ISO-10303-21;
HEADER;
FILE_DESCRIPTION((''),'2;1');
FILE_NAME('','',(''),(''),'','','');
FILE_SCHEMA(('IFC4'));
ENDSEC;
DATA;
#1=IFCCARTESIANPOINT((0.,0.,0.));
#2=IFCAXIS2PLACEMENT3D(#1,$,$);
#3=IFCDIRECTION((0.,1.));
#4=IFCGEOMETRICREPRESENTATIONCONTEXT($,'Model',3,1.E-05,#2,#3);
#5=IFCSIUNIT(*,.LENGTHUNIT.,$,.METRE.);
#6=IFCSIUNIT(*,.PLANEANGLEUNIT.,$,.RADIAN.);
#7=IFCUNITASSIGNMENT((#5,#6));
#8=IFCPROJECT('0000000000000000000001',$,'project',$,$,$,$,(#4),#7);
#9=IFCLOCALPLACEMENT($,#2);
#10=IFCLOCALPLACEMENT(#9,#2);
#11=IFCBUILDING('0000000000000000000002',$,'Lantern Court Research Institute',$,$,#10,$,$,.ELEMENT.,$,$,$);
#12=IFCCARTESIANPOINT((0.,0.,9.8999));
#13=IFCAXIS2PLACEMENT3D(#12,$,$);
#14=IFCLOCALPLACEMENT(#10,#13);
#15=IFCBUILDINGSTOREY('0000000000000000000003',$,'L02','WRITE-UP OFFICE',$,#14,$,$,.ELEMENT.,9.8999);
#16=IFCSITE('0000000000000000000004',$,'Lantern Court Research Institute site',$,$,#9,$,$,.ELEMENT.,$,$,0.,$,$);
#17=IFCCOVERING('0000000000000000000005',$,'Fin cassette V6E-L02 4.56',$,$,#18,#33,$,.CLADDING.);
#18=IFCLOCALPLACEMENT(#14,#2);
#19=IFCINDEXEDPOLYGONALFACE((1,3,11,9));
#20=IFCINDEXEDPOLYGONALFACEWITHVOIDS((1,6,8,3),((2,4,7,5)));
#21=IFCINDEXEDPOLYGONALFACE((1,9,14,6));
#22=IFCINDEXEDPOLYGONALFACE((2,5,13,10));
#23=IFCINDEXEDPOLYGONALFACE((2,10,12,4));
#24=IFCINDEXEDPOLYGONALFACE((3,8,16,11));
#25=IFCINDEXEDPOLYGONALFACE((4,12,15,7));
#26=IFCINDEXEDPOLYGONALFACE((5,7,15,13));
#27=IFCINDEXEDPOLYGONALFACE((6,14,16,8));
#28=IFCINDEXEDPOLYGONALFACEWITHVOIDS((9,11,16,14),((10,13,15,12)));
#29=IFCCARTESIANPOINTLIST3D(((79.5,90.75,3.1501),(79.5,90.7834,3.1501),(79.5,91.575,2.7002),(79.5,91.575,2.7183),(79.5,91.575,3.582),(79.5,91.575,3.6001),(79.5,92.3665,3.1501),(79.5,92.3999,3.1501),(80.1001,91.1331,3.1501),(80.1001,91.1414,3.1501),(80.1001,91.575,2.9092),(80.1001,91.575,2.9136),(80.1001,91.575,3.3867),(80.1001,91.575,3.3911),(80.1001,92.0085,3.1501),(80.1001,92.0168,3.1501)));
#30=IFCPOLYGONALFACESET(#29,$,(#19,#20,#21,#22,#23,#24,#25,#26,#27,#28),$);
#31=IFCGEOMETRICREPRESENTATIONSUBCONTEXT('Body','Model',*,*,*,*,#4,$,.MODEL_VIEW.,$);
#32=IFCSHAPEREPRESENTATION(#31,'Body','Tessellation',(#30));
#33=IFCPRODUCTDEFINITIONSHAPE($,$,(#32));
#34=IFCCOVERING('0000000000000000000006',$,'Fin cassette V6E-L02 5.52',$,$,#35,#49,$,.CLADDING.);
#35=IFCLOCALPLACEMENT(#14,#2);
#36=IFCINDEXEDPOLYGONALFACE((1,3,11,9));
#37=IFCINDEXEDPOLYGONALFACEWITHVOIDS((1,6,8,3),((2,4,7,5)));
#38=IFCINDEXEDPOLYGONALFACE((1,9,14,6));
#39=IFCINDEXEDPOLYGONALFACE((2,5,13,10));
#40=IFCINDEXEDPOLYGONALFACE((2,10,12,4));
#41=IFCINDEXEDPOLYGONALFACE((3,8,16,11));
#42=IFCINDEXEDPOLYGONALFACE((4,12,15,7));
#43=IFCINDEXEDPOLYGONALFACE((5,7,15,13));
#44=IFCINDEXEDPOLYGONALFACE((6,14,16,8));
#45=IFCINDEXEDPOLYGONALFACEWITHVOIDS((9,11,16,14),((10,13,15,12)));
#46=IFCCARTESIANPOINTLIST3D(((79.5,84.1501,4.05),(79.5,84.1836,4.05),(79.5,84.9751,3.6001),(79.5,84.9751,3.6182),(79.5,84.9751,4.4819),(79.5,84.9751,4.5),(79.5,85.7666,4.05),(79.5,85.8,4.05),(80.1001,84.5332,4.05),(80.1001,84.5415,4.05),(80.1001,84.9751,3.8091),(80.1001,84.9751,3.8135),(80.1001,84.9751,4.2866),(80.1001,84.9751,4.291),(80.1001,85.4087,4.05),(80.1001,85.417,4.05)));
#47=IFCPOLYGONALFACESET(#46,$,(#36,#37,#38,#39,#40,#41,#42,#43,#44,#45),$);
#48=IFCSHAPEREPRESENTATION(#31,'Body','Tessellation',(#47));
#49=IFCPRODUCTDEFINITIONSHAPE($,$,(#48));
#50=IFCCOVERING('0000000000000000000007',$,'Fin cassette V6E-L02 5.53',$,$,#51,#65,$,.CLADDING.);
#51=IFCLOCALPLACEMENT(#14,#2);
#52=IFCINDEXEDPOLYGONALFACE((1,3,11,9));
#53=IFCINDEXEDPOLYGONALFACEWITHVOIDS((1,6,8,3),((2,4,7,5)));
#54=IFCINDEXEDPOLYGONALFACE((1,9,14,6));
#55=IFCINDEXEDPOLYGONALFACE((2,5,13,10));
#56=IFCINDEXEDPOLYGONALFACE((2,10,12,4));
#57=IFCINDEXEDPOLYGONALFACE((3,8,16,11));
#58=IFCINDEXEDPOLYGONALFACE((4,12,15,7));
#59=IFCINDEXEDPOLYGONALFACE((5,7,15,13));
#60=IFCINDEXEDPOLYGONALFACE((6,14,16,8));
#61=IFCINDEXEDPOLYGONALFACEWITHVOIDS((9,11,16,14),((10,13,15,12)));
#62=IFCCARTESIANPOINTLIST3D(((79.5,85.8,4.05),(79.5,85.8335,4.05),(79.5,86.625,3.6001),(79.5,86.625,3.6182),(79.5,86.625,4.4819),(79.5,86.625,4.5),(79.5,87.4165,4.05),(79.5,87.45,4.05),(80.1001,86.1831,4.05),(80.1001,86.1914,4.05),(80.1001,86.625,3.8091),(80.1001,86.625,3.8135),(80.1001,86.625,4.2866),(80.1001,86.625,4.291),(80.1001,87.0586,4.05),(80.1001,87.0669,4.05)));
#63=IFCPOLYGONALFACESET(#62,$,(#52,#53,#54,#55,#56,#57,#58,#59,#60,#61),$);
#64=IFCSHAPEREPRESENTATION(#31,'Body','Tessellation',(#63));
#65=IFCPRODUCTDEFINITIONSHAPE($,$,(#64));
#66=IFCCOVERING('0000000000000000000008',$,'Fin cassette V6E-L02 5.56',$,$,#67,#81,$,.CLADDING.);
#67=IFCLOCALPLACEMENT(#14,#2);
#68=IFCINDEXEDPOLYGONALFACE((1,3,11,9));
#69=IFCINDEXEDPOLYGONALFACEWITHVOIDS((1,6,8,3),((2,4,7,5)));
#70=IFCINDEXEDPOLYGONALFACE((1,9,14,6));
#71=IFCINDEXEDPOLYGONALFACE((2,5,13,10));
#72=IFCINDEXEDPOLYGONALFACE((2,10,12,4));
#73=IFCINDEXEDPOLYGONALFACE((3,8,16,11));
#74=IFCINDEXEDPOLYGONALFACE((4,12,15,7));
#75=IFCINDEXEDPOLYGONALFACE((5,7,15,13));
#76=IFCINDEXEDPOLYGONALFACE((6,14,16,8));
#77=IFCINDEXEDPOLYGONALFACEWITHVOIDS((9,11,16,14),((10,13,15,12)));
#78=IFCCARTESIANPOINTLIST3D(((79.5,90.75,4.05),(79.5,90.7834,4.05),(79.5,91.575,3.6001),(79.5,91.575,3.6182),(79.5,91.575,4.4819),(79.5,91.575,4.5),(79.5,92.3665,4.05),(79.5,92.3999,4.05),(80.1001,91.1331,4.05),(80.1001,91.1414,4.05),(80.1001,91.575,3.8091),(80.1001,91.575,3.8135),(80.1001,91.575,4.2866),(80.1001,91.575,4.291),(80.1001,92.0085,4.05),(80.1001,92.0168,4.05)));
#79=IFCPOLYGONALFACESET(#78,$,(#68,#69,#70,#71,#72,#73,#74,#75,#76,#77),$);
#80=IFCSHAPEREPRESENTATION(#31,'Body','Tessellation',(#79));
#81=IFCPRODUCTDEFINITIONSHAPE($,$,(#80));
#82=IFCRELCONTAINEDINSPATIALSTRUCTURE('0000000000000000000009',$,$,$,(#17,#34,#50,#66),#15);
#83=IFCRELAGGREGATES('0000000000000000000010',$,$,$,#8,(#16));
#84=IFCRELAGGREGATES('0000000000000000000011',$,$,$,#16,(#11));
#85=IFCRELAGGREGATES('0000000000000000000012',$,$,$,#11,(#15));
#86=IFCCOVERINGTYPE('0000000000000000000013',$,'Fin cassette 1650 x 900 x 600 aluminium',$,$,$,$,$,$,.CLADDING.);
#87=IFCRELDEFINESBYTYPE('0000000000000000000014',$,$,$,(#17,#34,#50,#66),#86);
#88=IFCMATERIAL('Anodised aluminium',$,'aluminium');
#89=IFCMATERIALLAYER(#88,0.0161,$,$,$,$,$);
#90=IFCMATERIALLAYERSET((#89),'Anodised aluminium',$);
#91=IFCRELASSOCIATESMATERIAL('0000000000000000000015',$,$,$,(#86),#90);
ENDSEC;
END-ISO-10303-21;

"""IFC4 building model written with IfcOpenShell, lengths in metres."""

from ifc_helpers import new_model, entity, si_unit, direction, frame, origin, place, context, subcontext, project, spatial, material, layer, layer_set, type_object, element, save


model = new_model("IFC4")

# Units and contexts
model_context = context("Model", 3, precision=1e-05, world=origin(), true_north=direction((0.0, 1.0)))
body_context = subcontext(model_context, "Body", "Model", "MODEL_VIEW")
ifc_project = project(units=[si_unit("LENGTHUNIT", "METRE"), si_unit("PLANEANGLEUNIT", "RADIAN")], contexts=[model_context])

# Site, building, storey
site_placement = place(None, origin())
site = spatial("IfcSite", under=ifc_project, at=site_placement, Name="Lantern Court Research Institute site", CompositionType="ELEMENT", RefElevation=0.0)
building_placement = place(site_placement, origin())
building = spatial("IfcBuilding", under=site, at=building_placement, Name="Lantern Court Research Institute", CompositionType="ELEMENT")
storey_placement = place(building_placement, frame((0.0, 0.0, 9.8999)))
storey = spatial("IfcBuildingStorey", under=building, at=storey_placement, Name="L02", Description="WRITE-UP OFFICE", CompositionType="ELEMENT", Elevation=9.8999)

# Coverings
ifc_material_1 = material(Name="Anodised aluminium", Category="aluminium")
ifc_layer_1 = layer(ifc_material_1, 0.0161)
ifc_layer_set_1 = layer_set([ifc_layer_1], Name="Anodised aluminium")
covering_type_1 = type_object("IfcCoveringType", Name="Fin cassette 1650 x 900 x 600 aluminium", PredefinedType="CLADDING", material=ifc_layer_set_1)
covering_1_placement = place(storey_placement, frame((79.5, 91.575, 3.1501), z_axis=(1.0, 0.0, 0.0), x_axis=(0.0, 1.0, 0.0)))
cartesian_point_1 = entity("IfcCartesianPoint", [0.825, 0.0])
cartesian_point_2 = entity("IfcCartesianPoint", [0.7915, 0.0])
cartesian_point_3 = entity("IfcCartesianPoint", [0.4419, 0.0])
cartesian_point_4 = entity("IfcCartesianPoint", [0.4336, 0.0])
element("IfcCovering", 1, at=covering_1_placement, inside=storey, type_object=covering_type_1, Name="Fin cassette V6E-L02 4.56", PredefinedType="CLADDING", context=body_context, shape_type="SweptSolid", body=[
    entity("IfcExtrudedAreaSolidTapered", entity("IfcArbitraryProfileDefWithVoids", "AREA", None, entity("IfcPolyline", [cartesian_point_1, entity("IfcCartesianPoint", [0.0, 0.45]), entity("IfcCartesianPoint", [-0.825, 0.0]), entity("IfcCartesianPoint", [0.0, -0.45]), cartesian_point_1]), [entity("IfcPolyline", [cartesian_point_2, entity("IfcCartesianPoint", [0.0, 0.4319]), entity("IfcCartesianPoint", [-0.7915, 0.0]), entity("IfcCartesianPoint", [0.0, -0.4319]), cartesian_point_2])]), entity("IfcAxis2Placement3D", entity("IfcCartesianPoint", [0.0, 0.0, 0.0])), entity("IfcDirection", [0.0, 0.0, 1.0]), 0.6001, entity("IfcArbitraryProfileDefWithVoids", "AREA", None, entity("IfcPolyline", [cartesian_point_3, entity("IfcCartesianPoint", [0.0, 0.241]), entity("IfcCartesianPoint", [-0.4419, 0.0]), entity("IfcCartesianPoint", [0.0, -0.241]), cartesian_point_3]), [entity("IfcPolyline", [cartesian_point_4, entity("IfcCartesianPoint", [0.0, 0.2366]), entity("IfcCartesianPoint", [-0.4336, 0.0]), entity("IfcCartesianPoint", [0.0, -0.2366]), cartesian_point_4])])),
])
covering_2_placement = place(storey_placement, frame((79.5, 84.9751, 4.05), z_axis=(1.0, 0.0, 0.0), x_axis=(0.0, 1.0, 0.0)))
cartesian_point_5 = entity("IfcCartesianPoint", [0.825, 0.0])
cartesian_point_6 = entity("IfcCartesianPoint", [0.7915, 0.0])
cartesian_point_7 = entity("IfcCartesianPoint", [0.4419, 0.0])
cartesian_point_8 = entity("IfcCartesianPoint", [0.4336, 0.0])
element("IfcCovering", 2, at=covering_2_placement, inside=storey, type_object=covering_type_1, Name="Fin cassette V6E-L02 5.52", PredefinedType="CLADDING", context=body_context, shape_type="SweptSolid", body=[
    entity("IfcExtrudedAreaSolidTapered", entity("IfcArbitraryProfileDefWithVoids", "AREA", None, entity("IfcPolyline", [cartesian_point_5, entity("IfcCartesianPoint", [0.0, 0.45]), entity("IfcCartesianPoint", [-0.825, 0.0]), entity("IfcCartesianPoint", [0.0, -0.45]), cartesian_point_5]), [entity("IfcPolyline", [cartesian_point_6, entity("IfcCartesianPoint", [0.0, 0.4319]), entity("IfcCartesianPoint", [-0.7915, 0.0]), entity("IfcCartesianPoint", [0.0, -0.4319]), cartesian_point_6])]), entity("IfcAxis2Placement3D", entity("IfcCartesianPoint", [0.0, 0.0, 0.0])), entity("IfcDirection", [0.0, 0.0, 1.0]), 0.6001, entity("IfcArbitraryProfileDefWithVoids", "AREA", None, entity("IfcPolyline", [cartesian_point_7, entity("IfcCartesianPoint", [0.0, 0.241]), entity("IfcCartesianPoint", [-0.4419, 0.0]), entity("IfcCartesianPoint", [0.0, -0.241]), cartesian_point_7]), [entity("IfcPolyline", [cartesian_point_8, entity("IfcCartesianPoint", [0.0, 0.2366]), entity("IfcCartesianPoint", [-0.4336, 0.0]), entity("IfcCartesianPoint", [0.0, -0.2366]), cartesian_point_8])])),
])
covering_3_placement = place(storey_placement, frame((79.5, 86.625, 4.05), z_axis=(1.0, 0.0, 0.0), x_axis=(0.0, 1.0, 0.0)))
cartesian_point_9 = entity("IfcCartesianPoint", [0.825, 0.0])
cartesian_point_10 = entity("IfcCartesianPoint", [0.7915, 0.0])
cartesian_point_11 = entity("IfcCartesianPoint", [0.4419, 0.0])
cartesian_point_12 = entity("IfcCartesianPoint", [0.4336, 0.0])
element("IfcCovering", 3, at=covering_3_placement, inside=storey, type_object=covering_type_1, Name="Fin cassette V6E-L02 5.53", PredefinedType="CLADDING", context=body_context, shape_type="SweptSolid", body=[
    entity("IfcExtrudedAreaSolidTapered", entity("IfcArbitraryProfileDefWithVoids", "AREA", None, entity("IfcPolyline", [cartesian_point_9, entity("IfcCartesianPoint", [0.0, 0.45]), entity("IfcCartesianPoint", [-0.825, 0.0]), entity("IfcCartesianPoint", [0.0, -0.45]), cartesian_point_9]), [entity("IfcPolyline", [cartesian_point_10, entity("IfcCartesianPoint", [0.0, 0.4319]), entity("IfcCartesianPoint", [-0.7915, 0.0]), entity("IfcCartesianPoint", [0.0, -0.4319]), cartesian_point_10])]), entity("IfcAxis2Placement3D", entity("IfcCartesianPoint", [0.0, 0.0, 0.0])), entity("IfcDirection", [0.0, 0.0, 1.0]), 0.6001, entity("IfcArbitraryProfileDefWithVoids", "AREA", None, entity("IfcPolyline", [cartesian_point_11, entity("IfcCartesianPoint", [0.0, 0.241]), entity("IfcCartesianPoint", [-0.4419, 0.0]), entity("IfcCartesianPoint", [0.0, -0.241]), cartesian_point_11]), [entity("IfcPolyline", [cartesian_point_12, entity("IfcCartesianPoint", [0.0, 0.2366]), entity("IfcCartesianPoint", [-0.4336, 0.0]), entity("IfcCartesianPoint", [0.0, -0.2366]), cartesian_point_12])])),
])
covering_4_placement = place(storey_placement, frame((79.5, 91.575, 4.05), z_axis=(1.0, 0.0, 0.0), x_axis=(0.0, 1.0, 0.0)))
cartesian_point_13 = entity("IfcCartesianPoint", [0.825, 0.0])
cartesian_point_14 = entity("IfcCartesianPoint", [0.7915, 0.0])
cartesian_point_15 = entity("IfcCartesianPoint", [0.4419, 0.0])
cartesian_point_16 = entity("IfcCartesianPoint", [0.4336, 0.0])
element("IfcCovering", 4, at=covering_4_placement, inside=storey, type_object=covering_type_1, Name="Fin cassette V6E-L02 5.56", PredefinedType="CLADDING", context=body_context, shape_type="SweptSolid", body=[
    entity("IfcExtrudedAreaSolidTapered", entity("IfcArbitraryProfileDefWithVoids", "AREA", None, entity("IfcPolyline", [cartesian_point_13, entity("IfcCartesianPoint", [0.0, 0.45]), entity("IfcCartesianPoint", [-0.825, 0.0]), entity("IfcCartesianPoint", [0.0, -0.45]), cartesian_point_13]), [entity("IfcPolyline", [cartesian_point_14, entity("IfcCartesianPoint", [0.0, 0.4319]), entity("IfcCartesianPoint", [-0.7915, 0.0]), entity("IfcCartesianPoint", [0.0, -0.4319]), cartesian_point_14])]), entity("IfcAxis2Placement3D", entity("IfcCartesianPoint", [0.0, 0.0, 0.0])), entity("IfcDirection", [0.0, 0.0, 1.0]), 0.6001, entity("IfcArbitraryProfileDefWithVoids", "AREA", None, entity("IfcPolyline", [cartesian_point_15, entity("IfcCartesianPoint", [0.0, 0.241]), entity("IfcCartesianPoint", [-0.4419, 0.0]), entity("IfcCartesianPoint", [0.0, -0.241]), cartesian_point_15]), [entity("IfcPolyline", [cartesian_point_16, entity("IfcCartesianPoint", [0.0, 0.2366]), entity("IfcCartesianPoint", [-0.4336, 0.0]), entity("IfcCartesianPoint", [0.0, -0.2366]), cartesian_point_16])])),
])

save(model, "model.ifc")
